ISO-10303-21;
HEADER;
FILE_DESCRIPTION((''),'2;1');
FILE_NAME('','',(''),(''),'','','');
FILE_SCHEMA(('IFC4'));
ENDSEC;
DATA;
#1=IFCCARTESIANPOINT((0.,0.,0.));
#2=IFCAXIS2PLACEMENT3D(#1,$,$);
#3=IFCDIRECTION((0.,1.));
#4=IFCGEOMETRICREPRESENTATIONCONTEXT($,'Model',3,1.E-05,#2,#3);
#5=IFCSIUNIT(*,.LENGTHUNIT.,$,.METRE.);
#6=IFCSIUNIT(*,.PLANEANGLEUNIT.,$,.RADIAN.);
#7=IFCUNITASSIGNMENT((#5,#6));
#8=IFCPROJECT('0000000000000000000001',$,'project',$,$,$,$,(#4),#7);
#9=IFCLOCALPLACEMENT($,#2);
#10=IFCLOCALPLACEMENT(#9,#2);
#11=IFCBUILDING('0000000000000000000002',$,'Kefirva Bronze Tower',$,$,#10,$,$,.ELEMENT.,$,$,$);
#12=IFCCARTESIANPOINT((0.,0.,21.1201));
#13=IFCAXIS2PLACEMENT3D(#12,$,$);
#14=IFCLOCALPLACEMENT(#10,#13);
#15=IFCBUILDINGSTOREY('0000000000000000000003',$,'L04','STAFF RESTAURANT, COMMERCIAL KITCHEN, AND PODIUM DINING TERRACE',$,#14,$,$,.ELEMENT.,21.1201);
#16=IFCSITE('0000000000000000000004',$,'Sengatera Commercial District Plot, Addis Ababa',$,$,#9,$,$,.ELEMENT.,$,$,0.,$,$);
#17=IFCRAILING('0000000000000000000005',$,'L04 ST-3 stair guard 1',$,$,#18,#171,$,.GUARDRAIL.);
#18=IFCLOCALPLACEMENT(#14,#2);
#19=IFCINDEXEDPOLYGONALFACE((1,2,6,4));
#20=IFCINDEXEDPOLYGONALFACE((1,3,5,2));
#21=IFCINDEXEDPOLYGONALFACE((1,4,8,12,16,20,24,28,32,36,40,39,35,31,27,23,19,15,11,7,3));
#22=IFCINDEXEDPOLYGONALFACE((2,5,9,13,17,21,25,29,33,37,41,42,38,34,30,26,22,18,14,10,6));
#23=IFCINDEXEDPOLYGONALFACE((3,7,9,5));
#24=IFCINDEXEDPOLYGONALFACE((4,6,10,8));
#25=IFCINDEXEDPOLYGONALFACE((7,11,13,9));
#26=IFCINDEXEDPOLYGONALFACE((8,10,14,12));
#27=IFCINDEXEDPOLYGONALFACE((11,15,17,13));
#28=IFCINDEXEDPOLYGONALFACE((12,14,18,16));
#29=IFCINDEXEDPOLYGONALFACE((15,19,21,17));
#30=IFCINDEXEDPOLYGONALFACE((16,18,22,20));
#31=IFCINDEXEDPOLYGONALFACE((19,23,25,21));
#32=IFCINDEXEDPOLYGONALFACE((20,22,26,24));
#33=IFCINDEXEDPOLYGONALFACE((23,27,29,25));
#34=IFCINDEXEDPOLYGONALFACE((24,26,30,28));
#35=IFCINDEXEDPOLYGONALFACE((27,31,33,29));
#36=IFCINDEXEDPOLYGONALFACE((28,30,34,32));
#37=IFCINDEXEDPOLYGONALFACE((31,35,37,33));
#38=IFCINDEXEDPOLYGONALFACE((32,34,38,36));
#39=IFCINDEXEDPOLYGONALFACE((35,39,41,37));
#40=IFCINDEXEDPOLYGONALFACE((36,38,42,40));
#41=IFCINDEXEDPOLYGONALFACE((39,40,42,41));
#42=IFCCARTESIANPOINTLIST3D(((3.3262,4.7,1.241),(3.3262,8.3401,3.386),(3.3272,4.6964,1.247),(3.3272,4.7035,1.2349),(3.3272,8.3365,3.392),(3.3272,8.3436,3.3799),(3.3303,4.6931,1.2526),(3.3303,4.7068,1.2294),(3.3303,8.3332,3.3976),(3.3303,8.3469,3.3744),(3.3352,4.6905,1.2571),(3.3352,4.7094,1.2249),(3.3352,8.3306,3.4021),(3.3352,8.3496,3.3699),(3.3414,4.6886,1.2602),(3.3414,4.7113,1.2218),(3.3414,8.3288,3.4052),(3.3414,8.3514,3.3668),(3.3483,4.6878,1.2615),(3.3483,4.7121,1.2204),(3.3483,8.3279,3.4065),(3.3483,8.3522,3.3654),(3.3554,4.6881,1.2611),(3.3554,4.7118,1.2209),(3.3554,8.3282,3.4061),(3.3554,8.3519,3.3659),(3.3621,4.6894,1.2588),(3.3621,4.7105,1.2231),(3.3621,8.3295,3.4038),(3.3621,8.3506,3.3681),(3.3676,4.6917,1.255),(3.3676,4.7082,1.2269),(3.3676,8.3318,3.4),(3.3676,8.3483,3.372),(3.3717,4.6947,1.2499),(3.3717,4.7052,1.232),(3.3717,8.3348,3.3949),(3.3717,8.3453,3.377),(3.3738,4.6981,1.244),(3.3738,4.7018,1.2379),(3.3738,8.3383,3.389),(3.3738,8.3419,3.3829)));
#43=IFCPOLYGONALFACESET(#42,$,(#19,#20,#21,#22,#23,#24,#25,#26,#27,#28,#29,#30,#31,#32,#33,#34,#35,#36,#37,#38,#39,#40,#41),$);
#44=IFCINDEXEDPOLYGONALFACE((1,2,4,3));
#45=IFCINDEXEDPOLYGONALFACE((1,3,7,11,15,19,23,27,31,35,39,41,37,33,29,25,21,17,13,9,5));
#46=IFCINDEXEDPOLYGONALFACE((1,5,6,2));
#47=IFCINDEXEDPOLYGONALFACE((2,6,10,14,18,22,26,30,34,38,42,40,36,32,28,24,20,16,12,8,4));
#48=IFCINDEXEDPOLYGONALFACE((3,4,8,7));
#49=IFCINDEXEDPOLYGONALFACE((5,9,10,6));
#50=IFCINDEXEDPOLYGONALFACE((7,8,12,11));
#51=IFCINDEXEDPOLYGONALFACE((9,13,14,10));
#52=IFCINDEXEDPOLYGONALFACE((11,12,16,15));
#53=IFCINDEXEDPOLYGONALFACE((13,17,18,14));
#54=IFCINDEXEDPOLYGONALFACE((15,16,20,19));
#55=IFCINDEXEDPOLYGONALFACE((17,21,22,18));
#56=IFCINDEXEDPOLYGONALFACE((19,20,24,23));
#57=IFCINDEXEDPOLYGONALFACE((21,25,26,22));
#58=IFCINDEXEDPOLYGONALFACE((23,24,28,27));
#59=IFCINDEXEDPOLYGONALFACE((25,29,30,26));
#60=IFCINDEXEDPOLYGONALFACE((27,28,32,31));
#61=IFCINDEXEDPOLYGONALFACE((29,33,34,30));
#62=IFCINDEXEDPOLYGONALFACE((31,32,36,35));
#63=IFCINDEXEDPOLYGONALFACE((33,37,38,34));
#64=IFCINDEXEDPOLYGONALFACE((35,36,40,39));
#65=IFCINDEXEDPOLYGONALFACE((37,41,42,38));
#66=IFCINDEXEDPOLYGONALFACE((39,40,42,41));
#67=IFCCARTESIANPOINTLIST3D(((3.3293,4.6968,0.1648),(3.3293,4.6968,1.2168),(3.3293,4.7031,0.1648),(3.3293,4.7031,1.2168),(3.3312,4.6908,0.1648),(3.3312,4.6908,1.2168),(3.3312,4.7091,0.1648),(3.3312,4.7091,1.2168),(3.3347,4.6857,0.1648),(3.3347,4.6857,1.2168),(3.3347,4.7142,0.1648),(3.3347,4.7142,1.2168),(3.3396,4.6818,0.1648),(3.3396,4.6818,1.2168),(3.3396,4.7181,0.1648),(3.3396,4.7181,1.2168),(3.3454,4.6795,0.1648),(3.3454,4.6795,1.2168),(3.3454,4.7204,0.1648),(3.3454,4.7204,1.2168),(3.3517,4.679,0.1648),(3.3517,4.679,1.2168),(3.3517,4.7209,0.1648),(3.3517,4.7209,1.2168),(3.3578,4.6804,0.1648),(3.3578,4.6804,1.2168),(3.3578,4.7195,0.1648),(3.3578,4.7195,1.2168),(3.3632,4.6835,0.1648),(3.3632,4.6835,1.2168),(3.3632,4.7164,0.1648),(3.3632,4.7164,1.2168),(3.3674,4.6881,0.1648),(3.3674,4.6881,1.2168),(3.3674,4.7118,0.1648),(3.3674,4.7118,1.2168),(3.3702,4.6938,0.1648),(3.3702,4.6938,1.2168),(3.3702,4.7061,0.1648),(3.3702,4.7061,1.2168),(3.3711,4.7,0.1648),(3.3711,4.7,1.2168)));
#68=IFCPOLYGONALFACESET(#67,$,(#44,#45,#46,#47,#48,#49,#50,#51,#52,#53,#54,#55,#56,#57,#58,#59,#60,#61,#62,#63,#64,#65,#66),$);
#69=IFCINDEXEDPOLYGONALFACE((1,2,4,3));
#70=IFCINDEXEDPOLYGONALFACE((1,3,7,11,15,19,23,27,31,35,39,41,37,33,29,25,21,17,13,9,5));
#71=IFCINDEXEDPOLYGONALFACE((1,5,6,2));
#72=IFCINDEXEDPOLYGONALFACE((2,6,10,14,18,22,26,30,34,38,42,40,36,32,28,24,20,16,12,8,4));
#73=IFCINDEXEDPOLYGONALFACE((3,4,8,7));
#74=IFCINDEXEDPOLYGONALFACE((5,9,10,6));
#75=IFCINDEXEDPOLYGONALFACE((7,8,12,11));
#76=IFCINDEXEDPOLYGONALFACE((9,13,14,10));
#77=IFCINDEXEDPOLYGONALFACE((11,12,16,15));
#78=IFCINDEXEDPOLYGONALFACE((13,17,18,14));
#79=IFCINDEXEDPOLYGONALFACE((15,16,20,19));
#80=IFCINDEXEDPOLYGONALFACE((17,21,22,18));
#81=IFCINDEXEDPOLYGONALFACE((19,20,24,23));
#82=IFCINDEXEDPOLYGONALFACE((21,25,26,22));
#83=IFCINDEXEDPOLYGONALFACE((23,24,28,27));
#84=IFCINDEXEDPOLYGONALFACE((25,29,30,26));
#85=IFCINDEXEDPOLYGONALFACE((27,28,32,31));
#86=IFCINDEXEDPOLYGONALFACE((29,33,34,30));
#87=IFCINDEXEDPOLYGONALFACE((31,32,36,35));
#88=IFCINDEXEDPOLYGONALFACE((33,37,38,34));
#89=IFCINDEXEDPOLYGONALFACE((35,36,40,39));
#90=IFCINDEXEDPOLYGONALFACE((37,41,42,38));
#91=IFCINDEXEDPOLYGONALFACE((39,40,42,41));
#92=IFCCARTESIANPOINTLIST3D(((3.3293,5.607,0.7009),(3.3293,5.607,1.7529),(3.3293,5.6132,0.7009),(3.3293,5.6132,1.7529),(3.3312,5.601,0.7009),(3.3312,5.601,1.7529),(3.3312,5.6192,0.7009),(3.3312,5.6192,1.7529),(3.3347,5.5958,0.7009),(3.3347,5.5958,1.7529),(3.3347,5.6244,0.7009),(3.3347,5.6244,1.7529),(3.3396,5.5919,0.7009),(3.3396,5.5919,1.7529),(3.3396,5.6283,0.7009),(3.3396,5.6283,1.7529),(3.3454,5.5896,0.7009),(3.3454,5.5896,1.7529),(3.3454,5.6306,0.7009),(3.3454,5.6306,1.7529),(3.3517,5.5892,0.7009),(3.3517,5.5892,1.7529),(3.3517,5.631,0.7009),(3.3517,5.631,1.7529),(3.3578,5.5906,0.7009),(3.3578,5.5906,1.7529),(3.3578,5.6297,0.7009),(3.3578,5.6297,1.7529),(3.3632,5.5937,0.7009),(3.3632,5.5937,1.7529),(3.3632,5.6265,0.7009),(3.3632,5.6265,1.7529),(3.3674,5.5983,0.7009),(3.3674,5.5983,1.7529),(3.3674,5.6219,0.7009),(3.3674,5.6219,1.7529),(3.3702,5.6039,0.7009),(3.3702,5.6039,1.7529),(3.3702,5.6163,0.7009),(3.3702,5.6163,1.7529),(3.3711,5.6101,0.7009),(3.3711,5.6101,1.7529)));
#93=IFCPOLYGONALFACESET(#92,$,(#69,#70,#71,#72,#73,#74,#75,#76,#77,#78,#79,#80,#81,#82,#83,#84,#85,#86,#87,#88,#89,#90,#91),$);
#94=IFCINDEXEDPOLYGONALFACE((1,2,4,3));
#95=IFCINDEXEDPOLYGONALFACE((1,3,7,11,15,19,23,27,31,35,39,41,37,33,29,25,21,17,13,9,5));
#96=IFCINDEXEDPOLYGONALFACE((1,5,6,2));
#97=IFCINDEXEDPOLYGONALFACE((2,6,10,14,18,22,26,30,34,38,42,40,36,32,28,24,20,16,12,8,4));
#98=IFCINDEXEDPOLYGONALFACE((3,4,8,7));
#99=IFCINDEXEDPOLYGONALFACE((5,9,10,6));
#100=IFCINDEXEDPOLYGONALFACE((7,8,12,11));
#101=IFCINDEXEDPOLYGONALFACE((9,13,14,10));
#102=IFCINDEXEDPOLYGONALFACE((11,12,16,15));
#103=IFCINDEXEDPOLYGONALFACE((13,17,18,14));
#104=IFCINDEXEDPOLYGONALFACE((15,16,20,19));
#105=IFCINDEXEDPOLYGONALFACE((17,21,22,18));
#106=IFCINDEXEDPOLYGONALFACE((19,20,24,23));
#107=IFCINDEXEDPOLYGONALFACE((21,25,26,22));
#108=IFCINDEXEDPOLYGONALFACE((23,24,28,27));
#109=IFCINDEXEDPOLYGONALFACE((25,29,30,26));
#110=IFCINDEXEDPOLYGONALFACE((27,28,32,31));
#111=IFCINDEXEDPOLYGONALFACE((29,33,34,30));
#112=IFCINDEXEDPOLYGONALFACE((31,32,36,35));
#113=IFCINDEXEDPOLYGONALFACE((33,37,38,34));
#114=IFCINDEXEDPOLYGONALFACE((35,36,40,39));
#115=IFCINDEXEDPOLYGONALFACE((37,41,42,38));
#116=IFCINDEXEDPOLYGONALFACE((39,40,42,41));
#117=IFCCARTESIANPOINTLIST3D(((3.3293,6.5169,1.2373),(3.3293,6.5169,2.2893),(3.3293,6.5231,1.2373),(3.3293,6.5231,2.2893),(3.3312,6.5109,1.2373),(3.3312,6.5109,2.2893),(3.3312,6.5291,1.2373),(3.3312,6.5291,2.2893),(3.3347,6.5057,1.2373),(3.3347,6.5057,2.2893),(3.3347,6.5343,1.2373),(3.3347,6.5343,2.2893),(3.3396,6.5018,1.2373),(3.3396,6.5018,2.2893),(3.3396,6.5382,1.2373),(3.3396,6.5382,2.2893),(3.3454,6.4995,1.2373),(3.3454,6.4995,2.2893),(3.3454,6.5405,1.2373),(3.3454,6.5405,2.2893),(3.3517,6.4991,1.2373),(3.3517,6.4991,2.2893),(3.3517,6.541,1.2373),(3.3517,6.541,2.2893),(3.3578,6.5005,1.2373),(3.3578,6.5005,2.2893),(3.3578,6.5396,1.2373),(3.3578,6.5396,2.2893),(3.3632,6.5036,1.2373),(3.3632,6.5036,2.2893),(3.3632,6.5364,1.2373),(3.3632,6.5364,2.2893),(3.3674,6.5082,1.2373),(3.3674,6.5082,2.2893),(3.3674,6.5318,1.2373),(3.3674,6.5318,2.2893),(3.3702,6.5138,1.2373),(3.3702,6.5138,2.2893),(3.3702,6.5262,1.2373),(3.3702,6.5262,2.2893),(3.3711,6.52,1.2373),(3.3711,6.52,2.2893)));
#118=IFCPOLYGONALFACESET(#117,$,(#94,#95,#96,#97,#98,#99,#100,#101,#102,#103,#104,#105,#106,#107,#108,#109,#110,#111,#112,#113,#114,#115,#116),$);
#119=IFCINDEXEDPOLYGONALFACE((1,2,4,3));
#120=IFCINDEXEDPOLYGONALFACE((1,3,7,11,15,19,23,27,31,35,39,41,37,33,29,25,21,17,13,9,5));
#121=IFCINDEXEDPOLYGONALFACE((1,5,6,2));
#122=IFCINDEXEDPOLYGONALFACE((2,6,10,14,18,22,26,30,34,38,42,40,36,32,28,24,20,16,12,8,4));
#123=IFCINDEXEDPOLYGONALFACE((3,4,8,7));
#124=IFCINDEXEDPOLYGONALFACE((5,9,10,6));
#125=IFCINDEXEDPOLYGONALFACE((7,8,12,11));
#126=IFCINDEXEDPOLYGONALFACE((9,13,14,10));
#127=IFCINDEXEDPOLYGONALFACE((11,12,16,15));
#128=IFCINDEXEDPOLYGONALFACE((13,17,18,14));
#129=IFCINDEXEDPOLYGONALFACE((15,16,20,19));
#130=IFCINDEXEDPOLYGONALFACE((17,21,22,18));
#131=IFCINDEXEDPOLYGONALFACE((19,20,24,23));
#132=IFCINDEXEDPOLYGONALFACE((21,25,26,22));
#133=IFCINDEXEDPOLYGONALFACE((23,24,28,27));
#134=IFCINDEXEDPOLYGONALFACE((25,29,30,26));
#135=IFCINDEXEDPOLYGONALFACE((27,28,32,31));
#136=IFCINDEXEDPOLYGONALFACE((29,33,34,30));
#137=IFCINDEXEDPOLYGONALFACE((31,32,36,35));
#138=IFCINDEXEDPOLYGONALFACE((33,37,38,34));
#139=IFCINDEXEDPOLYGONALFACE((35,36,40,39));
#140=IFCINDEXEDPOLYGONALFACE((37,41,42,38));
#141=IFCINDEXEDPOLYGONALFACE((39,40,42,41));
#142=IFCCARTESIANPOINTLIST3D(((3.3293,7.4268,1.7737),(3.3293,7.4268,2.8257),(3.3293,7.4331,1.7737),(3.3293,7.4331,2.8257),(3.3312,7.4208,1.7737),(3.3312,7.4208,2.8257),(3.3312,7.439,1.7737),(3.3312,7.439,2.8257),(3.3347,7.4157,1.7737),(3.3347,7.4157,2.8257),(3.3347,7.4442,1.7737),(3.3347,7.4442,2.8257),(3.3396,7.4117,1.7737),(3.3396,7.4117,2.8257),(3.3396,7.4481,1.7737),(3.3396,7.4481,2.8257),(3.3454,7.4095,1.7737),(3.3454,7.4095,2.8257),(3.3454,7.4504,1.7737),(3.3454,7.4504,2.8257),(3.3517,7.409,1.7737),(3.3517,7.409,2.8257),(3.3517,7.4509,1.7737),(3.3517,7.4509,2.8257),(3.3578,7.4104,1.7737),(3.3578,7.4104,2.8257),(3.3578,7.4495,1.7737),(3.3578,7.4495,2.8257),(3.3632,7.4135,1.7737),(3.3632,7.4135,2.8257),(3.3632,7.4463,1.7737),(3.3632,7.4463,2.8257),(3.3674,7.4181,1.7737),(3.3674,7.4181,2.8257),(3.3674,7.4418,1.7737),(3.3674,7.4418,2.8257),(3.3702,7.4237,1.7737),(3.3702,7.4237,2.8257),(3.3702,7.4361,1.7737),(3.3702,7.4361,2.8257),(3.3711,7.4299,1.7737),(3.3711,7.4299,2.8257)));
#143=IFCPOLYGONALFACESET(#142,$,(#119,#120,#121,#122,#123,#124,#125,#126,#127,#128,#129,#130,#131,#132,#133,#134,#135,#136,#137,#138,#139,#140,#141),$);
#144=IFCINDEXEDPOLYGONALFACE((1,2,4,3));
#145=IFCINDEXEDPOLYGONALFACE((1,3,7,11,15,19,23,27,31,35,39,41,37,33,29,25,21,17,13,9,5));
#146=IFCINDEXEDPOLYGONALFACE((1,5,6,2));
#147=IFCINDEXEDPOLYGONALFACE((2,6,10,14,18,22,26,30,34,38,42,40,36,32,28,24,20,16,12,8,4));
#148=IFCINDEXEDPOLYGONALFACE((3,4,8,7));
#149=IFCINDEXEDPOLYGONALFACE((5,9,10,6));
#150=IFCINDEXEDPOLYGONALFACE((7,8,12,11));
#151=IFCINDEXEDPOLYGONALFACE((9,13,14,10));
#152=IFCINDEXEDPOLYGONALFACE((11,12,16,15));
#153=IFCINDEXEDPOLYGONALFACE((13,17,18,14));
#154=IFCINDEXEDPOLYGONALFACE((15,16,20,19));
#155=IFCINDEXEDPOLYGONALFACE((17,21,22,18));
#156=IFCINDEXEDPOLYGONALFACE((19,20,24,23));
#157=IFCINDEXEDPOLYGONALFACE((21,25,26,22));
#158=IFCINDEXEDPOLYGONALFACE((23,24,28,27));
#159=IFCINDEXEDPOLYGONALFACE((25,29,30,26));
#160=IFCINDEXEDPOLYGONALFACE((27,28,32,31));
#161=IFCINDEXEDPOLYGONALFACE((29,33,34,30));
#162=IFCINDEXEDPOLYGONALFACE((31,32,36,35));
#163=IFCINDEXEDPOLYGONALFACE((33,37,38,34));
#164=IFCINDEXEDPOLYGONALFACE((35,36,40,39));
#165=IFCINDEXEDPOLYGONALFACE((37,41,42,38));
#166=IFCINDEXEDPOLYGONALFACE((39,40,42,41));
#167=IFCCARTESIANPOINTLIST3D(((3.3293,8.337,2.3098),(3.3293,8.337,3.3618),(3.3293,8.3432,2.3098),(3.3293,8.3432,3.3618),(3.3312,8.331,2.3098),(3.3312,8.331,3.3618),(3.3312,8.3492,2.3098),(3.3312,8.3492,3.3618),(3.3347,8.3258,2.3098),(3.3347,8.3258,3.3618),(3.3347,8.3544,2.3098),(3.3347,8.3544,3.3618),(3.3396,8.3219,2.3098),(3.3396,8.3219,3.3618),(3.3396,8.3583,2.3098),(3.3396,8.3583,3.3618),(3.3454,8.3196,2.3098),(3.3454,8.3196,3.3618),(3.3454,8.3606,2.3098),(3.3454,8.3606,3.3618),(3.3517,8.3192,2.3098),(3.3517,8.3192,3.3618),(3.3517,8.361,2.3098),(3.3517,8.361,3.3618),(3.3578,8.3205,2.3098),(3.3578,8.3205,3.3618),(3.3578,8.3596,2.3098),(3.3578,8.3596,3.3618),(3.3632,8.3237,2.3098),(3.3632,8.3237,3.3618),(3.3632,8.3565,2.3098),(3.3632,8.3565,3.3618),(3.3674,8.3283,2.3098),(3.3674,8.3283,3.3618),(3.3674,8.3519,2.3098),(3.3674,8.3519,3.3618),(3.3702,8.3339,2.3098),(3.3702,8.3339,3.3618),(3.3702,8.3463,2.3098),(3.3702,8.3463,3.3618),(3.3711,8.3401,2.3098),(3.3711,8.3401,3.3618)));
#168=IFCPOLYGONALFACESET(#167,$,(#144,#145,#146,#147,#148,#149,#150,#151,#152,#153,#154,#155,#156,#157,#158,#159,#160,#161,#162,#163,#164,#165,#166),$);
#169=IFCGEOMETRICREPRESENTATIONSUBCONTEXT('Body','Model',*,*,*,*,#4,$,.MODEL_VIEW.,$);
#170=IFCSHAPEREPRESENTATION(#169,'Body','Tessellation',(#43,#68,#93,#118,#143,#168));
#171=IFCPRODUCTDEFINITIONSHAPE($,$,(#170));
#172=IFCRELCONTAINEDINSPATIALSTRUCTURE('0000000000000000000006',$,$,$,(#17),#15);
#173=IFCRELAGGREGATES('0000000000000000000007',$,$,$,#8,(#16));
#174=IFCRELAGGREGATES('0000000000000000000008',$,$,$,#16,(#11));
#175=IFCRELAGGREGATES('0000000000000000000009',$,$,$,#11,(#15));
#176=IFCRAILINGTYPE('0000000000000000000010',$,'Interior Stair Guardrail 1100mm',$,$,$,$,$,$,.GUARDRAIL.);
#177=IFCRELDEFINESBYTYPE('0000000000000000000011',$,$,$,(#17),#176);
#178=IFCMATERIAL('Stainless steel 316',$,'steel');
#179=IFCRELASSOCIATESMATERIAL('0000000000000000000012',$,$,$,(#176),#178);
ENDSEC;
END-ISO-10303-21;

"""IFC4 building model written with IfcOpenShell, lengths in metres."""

from ifc_helpers import new_model, si_unit, direction, frame, origin, origin_2d, place, context, subcontext, project, spatial, circle, extrude, material, type_object, element, save


model = new_model("IFC4")

# Units and contexts
model_context = context("Model", 3, precision=1e-05, world=origin(), true_north=direction((0.0, 1.0)))
body_context = subcontext(model_context, "Body", "Model", "MODEL_VIEW")
ifc_project = project(units=[si_unit("LENGTHUNIT", "METRE"), si_unit("PLANEANGLEUNIT", "RADIAN")], contexts=[model_context])

# Site, building, storey
site_placement = place(None, origin())
site = spatial("IfcSite", under=ifc_project, at=site_placement, Name="Sengatera Commercial District Plot, Addis Ababa", CompositionType="ELEMENT", RefElevation=0.0)
building_placement = place(site_placement, origin())
building = spatial("IfcBuilding", under=site, at=building_placement, Name="Kefirva Bronze Tower", CompositionType="ELEMENT")
storey_placement = place(building_placement, frame((0.0, 0.0, 21.1201)))
storey = spatial("IfcBuildingStorey", under=building, at=storey_placement, Name="L04", Description="STAFF RESTAURANT, COMMERCIAL KITCHEN, AND PODIUM DINING TERRACE", CompositionType="ELEMENT", Elevation=21.1201)

# Railing
ifc_material_1 = material(Name="Stainless steel 316", Category="steel")
railing_type_1 = type_object("IfcRailingType", Name="Interior Stair Guardrail 1100mm", PredefinedType="GUARDRAIL", material=ifc_material_1)
railing_1_placement = place(storey_placement, frame((3.3501, 4.7, 0.1648)))
element("IfcRailing", 1, at=railing_1_placement, inside=storey, type_object=railing_type_1, Name="L04 ST-3 stair guard 1", PredefinedType="GUARDRAIL", context=body_context, shape_type="SweptSolid", body=[
    extrude(circle(Radius=0.0239, at=origin_2d()), frame((0.0, 0.0, 1.0762), z_axis=(0.0, 0.861545, 0.507682), x_axis=(-1.0, 0.0, 0.0)), (0.0, 0.0, 1.0), 4.2251),
    extrude(circle(Radius=0.021, at=origin_2d()), origin(), (0.0, 0.0, 1.0), 1.052),
    extrude(circle(Radius=0.021, at=origin_2d()), frame((0.0, 0.9102, 0.5361)), (0.0, 0.0, 1.0), 1.052),
    extrude(circle(Radius=0.021, at=origin_2d()), frame((0.0, 1.8201, 1.0725)), (0.0, 0.0, 1.0), 1.052),
    extrude(circle(Radius=0.021, at=origin_2d()), frame((0.0, 2.73, 1.6089)), (0.0, 0.0, 1.0), 1.052),
    extrude(circle(Radius=0.021, at=origin_2d()), frame((0.0, 3.6401, 2.145)), (0.0, 0.0, 1.0), 1.052),
])

save(model, "model.ifc")
